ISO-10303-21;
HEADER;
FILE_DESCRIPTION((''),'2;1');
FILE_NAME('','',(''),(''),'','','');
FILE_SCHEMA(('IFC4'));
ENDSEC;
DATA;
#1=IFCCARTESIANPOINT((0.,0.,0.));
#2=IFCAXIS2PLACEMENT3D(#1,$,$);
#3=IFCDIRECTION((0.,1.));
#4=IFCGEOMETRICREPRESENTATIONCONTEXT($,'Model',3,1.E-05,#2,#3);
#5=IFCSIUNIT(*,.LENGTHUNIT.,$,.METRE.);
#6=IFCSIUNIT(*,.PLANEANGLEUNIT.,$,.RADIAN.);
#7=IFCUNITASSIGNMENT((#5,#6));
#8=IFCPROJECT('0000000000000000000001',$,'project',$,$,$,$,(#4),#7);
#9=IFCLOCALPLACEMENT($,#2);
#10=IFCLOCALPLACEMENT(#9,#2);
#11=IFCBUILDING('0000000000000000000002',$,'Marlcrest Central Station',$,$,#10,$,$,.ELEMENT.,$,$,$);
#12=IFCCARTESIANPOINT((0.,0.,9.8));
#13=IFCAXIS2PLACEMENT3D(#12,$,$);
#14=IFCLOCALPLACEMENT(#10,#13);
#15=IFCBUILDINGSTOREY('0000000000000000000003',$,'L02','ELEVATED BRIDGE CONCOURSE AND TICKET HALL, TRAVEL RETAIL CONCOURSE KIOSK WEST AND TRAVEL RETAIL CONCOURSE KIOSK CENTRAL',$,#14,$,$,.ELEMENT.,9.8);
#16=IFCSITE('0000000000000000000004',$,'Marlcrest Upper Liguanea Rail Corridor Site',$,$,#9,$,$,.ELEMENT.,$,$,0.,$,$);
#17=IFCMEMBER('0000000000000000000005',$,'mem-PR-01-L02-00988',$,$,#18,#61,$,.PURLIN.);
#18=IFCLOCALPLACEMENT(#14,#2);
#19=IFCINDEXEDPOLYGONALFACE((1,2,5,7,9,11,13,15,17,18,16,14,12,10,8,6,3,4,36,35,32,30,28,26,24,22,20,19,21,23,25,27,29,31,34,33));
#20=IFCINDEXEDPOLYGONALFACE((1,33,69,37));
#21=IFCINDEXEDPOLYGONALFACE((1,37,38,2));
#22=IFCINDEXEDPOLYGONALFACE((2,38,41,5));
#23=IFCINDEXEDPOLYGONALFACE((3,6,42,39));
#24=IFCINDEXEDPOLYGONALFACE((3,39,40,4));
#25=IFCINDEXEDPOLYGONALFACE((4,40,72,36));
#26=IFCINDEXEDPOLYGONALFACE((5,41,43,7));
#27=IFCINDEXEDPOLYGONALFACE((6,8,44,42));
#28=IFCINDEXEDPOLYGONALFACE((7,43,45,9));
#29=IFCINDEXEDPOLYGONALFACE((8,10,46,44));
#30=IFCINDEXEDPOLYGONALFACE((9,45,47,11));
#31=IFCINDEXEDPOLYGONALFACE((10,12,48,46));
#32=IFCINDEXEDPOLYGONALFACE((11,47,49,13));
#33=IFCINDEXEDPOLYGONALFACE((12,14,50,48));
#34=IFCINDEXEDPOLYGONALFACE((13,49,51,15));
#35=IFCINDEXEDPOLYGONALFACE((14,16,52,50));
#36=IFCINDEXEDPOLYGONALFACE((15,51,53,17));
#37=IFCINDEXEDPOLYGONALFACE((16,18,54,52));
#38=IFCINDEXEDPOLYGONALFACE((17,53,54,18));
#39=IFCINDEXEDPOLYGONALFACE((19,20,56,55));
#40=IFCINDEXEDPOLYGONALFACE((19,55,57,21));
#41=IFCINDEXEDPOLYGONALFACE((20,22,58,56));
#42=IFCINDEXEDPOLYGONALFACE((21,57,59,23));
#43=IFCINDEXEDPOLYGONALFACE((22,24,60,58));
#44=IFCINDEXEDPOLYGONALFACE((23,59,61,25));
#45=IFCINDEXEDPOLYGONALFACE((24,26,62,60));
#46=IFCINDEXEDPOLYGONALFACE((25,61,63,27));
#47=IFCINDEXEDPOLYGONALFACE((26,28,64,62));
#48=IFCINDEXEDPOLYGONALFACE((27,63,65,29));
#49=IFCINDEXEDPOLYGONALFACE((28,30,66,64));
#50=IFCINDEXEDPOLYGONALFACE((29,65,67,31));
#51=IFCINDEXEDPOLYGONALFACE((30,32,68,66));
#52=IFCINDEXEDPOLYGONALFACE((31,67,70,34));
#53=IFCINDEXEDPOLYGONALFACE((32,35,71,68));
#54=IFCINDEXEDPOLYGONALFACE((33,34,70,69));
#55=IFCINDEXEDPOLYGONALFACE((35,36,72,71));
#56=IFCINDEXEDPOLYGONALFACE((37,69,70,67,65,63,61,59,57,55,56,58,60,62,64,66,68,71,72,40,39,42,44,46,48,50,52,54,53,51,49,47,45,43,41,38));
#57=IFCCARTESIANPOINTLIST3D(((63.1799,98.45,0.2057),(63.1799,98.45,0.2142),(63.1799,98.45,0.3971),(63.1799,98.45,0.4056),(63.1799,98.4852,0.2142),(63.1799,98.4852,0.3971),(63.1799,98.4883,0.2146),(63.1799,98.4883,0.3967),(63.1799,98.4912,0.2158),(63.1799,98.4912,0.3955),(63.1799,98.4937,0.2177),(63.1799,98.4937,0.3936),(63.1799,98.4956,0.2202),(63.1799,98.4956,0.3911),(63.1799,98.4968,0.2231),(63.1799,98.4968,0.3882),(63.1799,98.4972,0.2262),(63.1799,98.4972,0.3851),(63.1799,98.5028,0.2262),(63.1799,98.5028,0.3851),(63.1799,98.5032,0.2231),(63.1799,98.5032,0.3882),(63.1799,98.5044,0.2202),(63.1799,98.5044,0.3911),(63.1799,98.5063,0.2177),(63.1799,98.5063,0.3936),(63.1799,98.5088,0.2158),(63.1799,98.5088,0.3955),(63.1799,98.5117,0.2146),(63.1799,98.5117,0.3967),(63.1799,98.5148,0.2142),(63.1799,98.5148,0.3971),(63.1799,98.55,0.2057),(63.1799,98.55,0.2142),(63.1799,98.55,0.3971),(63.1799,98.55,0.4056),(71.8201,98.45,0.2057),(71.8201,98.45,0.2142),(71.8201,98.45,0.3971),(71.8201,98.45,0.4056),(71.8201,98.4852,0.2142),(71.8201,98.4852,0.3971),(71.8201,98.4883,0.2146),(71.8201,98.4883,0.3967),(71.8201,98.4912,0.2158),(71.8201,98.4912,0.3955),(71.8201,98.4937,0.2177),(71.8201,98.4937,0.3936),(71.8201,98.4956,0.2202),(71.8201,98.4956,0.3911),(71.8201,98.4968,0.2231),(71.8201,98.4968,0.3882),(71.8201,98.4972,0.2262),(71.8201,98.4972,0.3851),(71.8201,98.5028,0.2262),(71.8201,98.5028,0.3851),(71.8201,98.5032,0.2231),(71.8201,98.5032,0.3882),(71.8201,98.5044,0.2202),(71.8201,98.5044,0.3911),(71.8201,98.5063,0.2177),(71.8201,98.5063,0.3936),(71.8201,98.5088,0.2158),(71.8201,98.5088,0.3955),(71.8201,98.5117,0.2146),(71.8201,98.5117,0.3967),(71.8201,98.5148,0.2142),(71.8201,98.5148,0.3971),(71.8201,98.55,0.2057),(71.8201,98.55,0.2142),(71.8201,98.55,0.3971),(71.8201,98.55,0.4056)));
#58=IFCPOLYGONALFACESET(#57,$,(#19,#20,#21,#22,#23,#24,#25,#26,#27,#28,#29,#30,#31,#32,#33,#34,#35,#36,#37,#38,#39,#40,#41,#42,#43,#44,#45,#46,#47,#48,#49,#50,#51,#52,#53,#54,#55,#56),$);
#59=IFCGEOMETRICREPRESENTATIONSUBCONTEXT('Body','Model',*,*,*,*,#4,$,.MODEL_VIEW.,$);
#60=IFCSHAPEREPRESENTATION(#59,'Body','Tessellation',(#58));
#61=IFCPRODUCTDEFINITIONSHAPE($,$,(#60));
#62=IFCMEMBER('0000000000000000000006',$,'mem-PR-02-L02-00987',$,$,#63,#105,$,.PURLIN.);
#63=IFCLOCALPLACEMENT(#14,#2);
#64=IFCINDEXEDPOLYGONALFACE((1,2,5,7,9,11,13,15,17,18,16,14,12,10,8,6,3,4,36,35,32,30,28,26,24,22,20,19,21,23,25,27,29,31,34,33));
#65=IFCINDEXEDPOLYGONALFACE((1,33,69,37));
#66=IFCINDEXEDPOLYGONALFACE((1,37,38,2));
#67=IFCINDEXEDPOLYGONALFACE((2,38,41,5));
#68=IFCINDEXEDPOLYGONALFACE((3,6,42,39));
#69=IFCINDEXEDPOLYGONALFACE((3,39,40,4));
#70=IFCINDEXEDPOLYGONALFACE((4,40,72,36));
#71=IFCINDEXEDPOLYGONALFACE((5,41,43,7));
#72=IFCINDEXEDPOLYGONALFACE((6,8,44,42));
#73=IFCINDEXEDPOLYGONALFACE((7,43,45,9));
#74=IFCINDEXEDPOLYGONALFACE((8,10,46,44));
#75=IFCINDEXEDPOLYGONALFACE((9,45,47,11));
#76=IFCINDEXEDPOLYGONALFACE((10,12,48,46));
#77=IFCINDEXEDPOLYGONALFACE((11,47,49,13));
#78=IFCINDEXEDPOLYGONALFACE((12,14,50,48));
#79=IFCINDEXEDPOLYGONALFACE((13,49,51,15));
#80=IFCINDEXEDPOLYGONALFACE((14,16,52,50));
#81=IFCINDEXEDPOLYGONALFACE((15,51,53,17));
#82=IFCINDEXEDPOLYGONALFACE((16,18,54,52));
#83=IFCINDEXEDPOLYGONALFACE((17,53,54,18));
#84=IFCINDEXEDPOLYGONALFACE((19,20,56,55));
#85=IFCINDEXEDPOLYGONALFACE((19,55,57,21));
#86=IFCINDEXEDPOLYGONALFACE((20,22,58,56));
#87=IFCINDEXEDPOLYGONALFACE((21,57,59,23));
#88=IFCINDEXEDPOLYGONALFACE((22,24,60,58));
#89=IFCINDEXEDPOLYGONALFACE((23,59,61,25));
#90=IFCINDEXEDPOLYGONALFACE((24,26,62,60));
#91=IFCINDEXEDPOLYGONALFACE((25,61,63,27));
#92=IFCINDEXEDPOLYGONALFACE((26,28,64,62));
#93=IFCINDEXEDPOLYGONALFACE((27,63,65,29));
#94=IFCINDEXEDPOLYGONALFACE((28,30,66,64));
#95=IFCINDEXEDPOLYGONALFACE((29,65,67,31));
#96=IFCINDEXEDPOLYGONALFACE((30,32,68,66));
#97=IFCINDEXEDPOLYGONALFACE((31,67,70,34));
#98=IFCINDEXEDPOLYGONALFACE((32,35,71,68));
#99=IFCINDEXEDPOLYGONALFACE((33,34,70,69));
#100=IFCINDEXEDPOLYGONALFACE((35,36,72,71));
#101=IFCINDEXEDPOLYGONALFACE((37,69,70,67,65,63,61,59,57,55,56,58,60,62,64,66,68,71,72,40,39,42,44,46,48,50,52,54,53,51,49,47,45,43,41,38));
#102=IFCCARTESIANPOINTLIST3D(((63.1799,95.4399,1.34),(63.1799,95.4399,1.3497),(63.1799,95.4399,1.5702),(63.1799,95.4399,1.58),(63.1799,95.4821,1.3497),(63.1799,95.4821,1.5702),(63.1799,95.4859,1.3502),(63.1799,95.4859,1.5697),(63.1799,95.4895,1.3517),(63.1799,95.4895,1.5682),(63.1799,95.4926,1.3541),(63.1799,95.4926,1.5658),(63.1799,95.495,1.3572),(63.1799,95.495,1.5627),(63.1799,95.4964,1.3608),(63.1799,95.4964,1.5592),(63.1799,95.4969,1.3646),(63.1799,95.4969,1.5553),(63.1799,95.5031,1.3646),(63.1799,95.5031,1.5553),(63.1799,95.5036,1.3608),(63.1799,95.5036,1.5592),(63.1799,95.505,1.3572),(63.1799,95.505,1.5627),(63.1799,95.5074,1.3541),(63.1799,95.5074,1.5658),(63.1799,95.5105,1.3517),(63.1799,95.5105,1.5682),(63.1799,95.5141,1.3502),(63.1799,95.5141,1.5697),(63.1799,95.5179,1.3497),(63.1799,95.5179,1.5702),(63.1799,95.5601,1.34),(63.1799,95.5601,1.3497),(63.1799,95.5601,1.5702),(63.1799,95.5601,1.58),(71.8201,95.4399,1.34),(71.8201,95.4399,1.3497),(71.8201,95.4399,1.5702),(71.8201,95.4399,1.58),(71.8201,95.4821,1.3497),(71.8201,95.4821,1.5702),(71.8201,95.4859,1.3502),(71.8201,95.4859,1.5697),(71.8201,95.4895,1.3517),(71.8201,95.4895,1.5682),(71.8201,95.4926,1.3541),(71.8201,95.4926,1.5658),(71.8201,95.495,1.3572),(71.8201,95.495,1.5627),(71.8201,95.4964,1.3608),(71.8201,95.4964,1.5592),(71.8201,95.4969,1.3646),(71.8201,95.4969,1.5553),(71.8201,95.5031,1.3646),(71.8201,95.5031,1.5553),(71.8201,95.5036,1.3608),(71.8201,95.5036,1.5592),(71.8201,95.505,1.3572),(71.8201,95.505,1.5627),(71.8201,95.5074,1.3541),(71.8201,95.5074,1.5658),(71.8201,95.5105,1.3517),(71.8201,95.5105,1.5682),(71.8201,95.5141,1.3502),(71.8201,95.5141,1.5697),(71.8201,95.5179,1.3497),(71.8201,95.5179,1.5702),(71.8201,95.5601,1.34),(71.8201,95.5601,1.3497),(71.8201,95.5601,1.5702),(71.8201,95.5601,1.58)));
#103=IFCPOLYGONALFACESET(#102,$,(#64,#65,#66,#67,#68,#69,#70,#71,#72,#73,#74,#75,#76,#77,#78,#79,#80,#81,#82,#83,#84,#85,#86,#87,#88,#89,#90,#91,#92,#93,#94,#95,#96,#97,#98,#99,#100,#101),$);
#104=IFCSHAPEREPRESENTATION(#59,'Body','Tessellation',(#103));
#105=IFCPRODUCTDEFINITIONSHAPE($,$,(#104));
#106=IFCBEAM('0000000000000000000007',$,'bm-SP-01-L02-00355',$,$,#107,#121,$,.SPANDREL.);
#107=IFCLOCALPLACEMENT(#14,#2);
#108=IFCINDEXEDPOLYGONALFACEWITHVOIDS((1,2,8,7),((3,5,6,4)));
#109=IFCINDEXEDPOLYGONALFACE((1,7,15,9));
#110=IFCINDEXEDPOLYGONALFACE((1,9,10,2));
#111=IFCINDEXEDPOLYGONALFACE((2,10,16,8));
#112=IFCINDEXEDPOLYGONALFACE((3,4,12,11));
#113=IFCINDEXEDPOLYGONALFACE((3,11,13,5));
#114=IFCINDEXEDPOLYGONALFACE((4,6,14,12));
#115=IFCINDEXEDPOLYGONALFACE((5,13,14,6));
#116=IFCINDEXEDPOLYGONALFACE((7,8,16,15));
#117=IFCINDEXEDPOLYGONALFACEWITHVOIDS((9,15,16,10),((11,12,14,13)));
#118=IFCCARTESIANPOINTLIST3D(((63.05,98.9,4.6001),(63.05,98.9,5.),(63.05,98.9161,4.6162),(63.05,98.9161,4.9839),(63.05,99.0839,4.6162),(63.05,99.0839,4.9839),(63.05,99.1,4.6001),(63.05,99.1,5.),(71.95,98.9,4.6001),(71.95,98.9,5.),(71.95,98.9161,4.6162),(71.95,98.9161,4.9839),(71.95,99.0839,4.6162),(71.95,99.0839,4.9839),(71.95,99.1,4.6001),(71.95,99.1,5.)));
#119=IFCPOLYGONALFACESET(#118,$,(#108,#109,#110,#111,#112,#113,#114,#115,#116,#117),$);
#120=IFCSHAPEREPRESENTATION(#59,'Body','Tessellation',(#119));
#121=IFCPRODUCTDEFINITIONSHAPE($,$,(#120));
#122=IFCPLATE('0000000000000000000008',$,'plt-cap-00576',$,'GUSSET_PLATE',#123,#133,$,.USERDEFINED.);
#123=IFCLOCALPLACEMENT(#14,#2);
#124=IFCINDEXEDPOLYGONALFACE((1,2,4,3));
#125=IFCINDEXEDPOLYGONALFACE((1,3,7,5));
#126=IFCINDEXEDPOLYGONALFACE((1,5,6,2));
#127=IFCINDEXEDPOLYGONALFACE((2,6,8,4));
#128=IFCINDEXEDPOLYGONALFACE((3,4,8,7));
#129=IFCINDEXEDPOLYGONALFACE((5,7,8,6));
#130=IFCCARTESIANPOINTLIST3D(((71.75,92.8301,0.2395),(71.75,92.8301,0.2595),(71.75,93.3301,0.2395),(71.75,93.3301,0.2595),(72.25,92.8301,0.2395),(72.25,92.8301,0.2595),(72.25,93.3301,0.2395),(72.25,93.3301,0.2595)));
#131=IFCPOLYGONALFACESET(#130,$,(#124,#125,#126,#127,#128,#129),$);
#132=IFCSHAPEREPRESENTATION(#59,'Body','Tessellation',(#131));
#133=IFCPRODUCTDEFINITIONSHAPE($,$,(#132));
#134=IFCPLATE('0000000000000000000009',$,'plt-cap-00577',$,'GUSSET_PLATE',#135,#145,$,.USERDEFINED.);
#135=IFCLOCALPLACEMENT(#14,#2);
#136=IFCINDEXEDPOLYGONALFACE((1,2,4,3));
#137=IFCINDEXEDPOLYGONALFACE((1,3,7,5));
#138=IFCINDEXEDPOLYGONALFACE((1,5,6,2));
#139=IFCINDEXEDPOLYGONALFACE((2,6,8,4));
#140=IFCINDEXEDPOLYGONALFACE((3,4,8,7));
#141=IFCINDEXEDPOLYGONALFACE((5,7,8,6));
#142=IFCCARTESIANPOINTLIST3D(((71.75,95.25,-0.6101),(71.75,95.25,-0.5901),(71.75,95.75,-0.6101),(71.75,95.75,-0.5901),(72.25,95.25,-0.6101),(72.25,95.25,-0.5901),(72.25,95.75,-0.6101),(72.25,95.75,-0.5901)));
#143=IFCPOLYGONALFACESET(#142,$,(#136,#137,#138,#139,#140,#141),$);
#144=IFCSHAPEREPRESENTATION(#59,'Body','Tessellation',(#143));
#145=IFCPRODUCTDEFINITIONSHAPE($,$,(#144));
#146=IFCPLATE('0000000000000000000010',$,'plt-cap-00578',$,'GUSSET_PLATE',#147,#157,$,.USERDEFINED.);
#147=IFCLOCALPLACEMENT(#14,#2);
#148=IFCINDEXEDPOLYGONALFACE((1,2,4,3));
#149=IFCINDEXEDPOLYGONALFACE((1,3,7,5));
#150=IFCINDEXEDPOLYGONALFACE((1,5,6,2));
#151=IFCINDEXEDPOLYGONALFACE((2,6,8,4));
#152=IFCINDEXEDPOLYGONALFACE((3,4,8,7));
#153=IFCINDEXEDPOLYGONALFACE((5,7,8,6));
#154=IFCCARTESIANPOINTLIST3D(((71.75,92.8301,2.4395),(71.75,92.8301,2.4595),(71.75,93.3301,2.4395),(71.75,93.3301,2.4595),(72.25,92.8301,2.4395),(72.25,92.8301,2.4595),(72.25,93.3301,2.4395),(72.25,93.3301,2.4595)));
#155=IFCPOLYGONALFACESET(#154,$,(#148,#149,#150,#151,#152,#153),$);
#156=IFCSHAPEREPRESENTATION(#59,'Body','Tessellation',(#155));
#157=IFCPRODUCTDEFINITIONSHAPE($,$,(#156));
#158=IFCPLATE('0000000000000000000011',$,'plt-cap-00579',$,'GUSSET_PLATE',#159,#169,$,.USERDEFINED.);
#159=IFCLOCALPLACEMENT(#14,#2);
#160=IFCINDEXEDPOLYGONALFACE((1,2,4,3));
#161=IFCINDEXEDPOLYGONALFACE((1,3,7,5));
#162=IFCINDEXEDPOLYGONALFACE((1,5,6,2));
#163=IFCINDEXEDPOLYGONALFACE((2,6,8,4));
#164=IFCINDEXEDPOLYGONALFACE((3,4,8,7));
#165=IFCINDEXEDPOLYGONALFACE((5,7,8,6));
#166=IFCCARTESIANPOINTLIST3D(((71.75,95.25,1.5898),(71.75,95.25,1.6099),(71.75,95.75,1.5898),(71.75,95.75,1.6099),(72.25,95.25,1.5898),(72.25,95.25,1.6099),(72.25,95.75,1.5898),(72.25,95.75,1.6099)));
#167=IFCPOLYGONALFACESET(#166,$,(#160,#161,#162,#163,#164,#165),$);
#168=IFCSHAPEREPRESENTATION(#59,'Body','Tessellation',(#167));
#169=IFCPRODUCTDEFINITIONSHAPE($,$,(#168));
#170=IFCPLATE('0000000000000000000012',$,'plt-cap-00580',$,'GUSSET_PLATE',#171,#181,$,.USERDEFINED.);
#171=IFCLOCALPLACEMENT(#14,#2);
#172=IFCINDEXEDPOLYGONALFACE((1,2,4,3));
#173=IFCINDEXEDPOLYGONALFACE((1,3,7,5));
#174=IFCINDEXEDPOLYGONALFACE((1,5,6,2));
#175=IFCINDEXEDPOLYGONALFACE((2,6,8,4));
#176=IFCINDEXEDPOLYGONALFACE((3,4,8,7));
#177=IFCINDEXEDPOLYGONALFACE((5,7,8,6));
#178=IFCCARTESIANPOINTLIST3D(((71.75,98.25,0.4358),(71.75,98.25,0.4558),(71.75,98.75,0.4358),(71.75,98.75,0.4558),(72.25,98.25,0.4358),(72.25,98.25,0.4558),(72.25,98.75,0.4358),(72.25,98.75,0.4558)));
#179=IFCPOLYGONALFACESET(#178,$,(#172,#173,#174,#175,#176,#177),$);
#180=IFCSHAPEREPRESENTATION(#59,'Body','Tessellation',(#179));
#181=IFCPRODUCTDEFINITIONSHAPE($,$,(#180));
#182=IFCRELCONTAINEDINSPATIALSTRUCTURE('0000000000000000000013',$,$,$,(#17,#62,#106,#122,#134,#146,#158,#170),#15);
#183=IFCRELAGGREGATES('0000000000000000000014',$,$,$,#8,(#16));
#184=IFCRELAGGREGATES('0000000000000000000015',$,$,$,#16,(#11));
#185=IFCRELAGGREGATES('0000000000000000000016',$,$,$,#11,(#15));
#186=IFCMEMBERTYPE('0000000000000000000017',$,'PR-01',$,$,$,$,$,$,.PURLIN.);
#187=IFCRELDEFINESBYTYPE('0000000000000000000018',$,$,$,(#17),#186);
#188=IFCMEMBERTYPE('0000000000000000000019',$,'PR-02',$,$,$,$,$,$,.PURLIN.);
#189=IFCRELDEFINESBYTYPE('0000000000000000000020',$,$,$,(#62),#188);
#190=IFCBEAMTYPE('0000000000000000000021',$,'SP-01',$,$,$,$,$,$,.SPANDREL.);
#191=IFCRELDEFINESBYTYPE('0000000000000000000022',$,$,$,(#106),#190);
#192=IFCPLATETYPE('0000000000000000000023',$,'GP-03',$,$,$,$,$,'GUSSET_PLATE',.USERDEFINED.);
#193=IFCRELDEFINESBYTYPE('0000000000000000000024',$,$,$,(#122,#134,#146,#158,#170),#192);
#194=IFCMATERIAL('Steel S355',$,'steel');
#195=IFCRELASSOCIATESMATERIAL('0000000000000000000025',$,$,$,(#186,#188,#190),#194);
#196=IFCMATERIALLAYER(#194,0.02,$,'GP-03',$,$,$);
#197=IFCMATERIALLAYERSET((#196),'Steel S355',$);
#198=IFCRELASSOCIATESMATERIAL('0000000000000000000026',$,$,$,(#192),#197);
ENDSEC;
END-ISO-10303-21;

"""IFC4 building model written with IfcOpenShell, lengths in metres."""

from ifc_helpers import new_model, si_unit, direction, frame, origin, origin_2d, place, context, subcontext, project, spatial, rectangle, hollow_rectangle, i_section, extrude, material, layer, layer_set, material_profile, profile_set, type_object, element, save


model = new_model("IFC4")

# Units and contexts
model_context = context("Model", 3, precision=1e-05, world=origin(), true_north=direction((0.0, 1.0)))
body_context = subcontext(model_context, "Body", "Model", "MODEL_VIEW")
ifc_project = project(units=[si_unit("LENGTHUNIT", "METRE"), si_unit("PLANEANGLEUNIT", "RADIAN")], contexts=[model_context])

# Site, building, storey
site_placement = place(None, origin())
site = spatial("IfcSite", under=ifc_project, at=site_placement, Name="Marlcrest Upper Liguanea Rail Corridor Site", CompositionType="ELEMENT", RefElevation=0.0)
building_placement = place(site_placement, origin())
building = spatial("IfcBuilding", under=site, at=building_placement, Name="Marlcrest Central Station", CompositionType="ELEMENT")
storey_placement = place(building_placement, frame((0.0, 0.0, 9.8)))
storey = spatial("IfcBuildingStorey", under=building, at=storey_placement, Name="L02", Description="ELEVATED BRIDGE CONCOURSE AND TICKET HALL, TRAVEL RETAIL CONCOURSE KIOSK WEST AND TRAVEL RETAIL CONCOURSE KIOSK CENTRAL", CompositionType="ELEMENT", Elevation=9.8)

# Shared definitions
ifc_material_1 = material(Name="Steel S355", Category="steel")

# Members
ifc_material_profile_1 = material_profile(ifc_material_1, i_section(OverallWidth=0.1001, OverallDepth=0.2, WebThickness=0.0056, FlangeThickness=0.0085, FilletRadius=0.012, at=origin_2d()), Name="IPE 200")
ifc_profile_set_1 = profile_set([ifc_material_profile_1], Name="Steel S355")
member_type_1 = type_object("IfcMemberType", Name="PR-01", PredefinedType="PURLIN", material=ifc_profile_set_1)
member_1_placement = place(storey_placement, frame((63.1799, 98.5, 0.3057), z_axis=(1.0, 0.0, 0.0), x_axis=(0.0, 1.0, 0.0)))
element("IfcMember", 1, at=member_1_placement, inside=storey, type_object=member_type_1, Name="mem-PR-01-L02-00988", PredefinedType="PURLIN", context=body_context, shape_type="SweptSolid", body=[
    extrude(i_section(OverallWidth=0.1001, OverallDepth=0.2, WebThickness=0.0056, FlangeThickness=0.0085, FilletRadius=0.012, at=origin_2d()), origin(), (0.0, 0.0, 1.0), 8.6401),
])
ifc_material_profile_2 = material_profile(ifc_material_1, i_section(OverallWidth=0.1201, OverallDepth=0.24, WebThickness=0.0061, FlangeThickness=0.0098, FilletRadius=0.0149, at=origin_2d()), Name="IPE 240")
ifc_profile_set_2 = profile_set([ifc_material_profile_2], Name="Steel S355")
member_type_2 = type_object("IfcMemberType", Name="PR-02", PredefinedType="PURLIN", material=ifc_profile_set_2)
member_2_placement = place(storey_placement, frame((63.1799, 95.5, 1.46), z_axis=(1.0, 0.0, 0.0), x_axis=(0.0, 1.0, 0.0)))
element("IfcMember", 2, at=member_2_placement, inside=storey, type_object=member_type_2, Name="mem-PR-02-L02-00987", PredefinedType="PURLIN", context=body_context, shape_type="SweptSolid", body=[
    extrude(i_section(OverallWidth=0.1201, OverallDepth=0.24, WebThickness=0.0061, FlangeThickness=0.0098, FilletRadius=0.0149, at=origin_2d()), origin(), (0.0, 0.0, 1.0), 8.6401),
])

# Beam
ifc_material_profile_3 = material_profile(ifc_material_1, hollow_rectangle(XDim=0.2, YDim=0.3999, WallThickness=0.0161, at=origin_2d()), Name="RHS 400x200x16")
ifc_profile_set_3 = profile_set([ifc_material_profile_3], Name="Steel S355")
beam_type_1 = type_object("IfcBeamType", Name="SP-01", PredefinedType="SPANDREL", material=ifc_profile_set_3)
beam_1_placement = place(storey_placement, frame((63.05, 99.0, 4.8), z_axis=(1.0, 0.0, 0.0), x_axis=(0.0, 1.0, 0.0)))
element("IfcBeam", 3, at=beam_1_placement, inside=storey, type_object=beam_type_1, Name="bm-SP-01-L02-00355", PredefinedType="SPANDREL", context=body_context, shape_type="SweptSolid", body=[
    extrude(hollow_rectangle(XDim=0.2, YDim=0.3999, WallThickness=0.0161, at=origin_2d()), origin(), (0.0, 0.0, 1.0), 8.8999),
])

# Plates
ifc_layer_1 = layer(ifc_material_1, 0.02, Name="GP-03")
ifc_layer_set_1 = layer_set([ifc_layer_1], Name="Steel S355")
plate_type = type_object("IfcPlateType", Name="GP-03", ElementType="GUSSET_PLATE", PredefinedType="USERDEFINED", material=ifc_layer_set_1)
for number, where, z_axis, x_axis, name in (
    (4, (72.0, 93.0801, 0.2395), (0.0, 0.0, 1.0), (1.0, 0.0, 0.0), "plt-cap-00576"),
    (5, (72.0, 95.5, -0.6101), (0.0, 0.0, 1.0), (1.0, 0.0, 0.0), "plt-cap-00577"),
    (6, (72.0, 93.0801, 2.4395), (0.0, 0.0, 1.0), (1.0, 0.0, 0.0), "plt-cap-00578"),
    (7, (72.0, 95.5, 1.5898), (0.0, 0.0, 1.0), (1.0, 0.0, 0.0), "plt-cap-00579"),
    (8, (72.0, 98.5, 0.4358), (0.0, 0.0, 1.0), (1.0, 0.0, 0.0), "plt-cap-00580"),
):
    element("IfcPlate", number, at=place(storey_placement, frame(where, z_axis=z_axis, x_axis=x_axis)), inside=storey, type_object=plate_type, Name=name, ObjectType="GUSSET_PLATE", PredefinedType="USERDEFINED", context=body_context, shape_type="SweptSolid", body=[
        extrude(rectangle(XDim=0.5, YDim=0.5, at=origin_2d()), origin(), (0.0, 0.0, 1.0), 0.02),
    ])

save(model, "model.ifc")
